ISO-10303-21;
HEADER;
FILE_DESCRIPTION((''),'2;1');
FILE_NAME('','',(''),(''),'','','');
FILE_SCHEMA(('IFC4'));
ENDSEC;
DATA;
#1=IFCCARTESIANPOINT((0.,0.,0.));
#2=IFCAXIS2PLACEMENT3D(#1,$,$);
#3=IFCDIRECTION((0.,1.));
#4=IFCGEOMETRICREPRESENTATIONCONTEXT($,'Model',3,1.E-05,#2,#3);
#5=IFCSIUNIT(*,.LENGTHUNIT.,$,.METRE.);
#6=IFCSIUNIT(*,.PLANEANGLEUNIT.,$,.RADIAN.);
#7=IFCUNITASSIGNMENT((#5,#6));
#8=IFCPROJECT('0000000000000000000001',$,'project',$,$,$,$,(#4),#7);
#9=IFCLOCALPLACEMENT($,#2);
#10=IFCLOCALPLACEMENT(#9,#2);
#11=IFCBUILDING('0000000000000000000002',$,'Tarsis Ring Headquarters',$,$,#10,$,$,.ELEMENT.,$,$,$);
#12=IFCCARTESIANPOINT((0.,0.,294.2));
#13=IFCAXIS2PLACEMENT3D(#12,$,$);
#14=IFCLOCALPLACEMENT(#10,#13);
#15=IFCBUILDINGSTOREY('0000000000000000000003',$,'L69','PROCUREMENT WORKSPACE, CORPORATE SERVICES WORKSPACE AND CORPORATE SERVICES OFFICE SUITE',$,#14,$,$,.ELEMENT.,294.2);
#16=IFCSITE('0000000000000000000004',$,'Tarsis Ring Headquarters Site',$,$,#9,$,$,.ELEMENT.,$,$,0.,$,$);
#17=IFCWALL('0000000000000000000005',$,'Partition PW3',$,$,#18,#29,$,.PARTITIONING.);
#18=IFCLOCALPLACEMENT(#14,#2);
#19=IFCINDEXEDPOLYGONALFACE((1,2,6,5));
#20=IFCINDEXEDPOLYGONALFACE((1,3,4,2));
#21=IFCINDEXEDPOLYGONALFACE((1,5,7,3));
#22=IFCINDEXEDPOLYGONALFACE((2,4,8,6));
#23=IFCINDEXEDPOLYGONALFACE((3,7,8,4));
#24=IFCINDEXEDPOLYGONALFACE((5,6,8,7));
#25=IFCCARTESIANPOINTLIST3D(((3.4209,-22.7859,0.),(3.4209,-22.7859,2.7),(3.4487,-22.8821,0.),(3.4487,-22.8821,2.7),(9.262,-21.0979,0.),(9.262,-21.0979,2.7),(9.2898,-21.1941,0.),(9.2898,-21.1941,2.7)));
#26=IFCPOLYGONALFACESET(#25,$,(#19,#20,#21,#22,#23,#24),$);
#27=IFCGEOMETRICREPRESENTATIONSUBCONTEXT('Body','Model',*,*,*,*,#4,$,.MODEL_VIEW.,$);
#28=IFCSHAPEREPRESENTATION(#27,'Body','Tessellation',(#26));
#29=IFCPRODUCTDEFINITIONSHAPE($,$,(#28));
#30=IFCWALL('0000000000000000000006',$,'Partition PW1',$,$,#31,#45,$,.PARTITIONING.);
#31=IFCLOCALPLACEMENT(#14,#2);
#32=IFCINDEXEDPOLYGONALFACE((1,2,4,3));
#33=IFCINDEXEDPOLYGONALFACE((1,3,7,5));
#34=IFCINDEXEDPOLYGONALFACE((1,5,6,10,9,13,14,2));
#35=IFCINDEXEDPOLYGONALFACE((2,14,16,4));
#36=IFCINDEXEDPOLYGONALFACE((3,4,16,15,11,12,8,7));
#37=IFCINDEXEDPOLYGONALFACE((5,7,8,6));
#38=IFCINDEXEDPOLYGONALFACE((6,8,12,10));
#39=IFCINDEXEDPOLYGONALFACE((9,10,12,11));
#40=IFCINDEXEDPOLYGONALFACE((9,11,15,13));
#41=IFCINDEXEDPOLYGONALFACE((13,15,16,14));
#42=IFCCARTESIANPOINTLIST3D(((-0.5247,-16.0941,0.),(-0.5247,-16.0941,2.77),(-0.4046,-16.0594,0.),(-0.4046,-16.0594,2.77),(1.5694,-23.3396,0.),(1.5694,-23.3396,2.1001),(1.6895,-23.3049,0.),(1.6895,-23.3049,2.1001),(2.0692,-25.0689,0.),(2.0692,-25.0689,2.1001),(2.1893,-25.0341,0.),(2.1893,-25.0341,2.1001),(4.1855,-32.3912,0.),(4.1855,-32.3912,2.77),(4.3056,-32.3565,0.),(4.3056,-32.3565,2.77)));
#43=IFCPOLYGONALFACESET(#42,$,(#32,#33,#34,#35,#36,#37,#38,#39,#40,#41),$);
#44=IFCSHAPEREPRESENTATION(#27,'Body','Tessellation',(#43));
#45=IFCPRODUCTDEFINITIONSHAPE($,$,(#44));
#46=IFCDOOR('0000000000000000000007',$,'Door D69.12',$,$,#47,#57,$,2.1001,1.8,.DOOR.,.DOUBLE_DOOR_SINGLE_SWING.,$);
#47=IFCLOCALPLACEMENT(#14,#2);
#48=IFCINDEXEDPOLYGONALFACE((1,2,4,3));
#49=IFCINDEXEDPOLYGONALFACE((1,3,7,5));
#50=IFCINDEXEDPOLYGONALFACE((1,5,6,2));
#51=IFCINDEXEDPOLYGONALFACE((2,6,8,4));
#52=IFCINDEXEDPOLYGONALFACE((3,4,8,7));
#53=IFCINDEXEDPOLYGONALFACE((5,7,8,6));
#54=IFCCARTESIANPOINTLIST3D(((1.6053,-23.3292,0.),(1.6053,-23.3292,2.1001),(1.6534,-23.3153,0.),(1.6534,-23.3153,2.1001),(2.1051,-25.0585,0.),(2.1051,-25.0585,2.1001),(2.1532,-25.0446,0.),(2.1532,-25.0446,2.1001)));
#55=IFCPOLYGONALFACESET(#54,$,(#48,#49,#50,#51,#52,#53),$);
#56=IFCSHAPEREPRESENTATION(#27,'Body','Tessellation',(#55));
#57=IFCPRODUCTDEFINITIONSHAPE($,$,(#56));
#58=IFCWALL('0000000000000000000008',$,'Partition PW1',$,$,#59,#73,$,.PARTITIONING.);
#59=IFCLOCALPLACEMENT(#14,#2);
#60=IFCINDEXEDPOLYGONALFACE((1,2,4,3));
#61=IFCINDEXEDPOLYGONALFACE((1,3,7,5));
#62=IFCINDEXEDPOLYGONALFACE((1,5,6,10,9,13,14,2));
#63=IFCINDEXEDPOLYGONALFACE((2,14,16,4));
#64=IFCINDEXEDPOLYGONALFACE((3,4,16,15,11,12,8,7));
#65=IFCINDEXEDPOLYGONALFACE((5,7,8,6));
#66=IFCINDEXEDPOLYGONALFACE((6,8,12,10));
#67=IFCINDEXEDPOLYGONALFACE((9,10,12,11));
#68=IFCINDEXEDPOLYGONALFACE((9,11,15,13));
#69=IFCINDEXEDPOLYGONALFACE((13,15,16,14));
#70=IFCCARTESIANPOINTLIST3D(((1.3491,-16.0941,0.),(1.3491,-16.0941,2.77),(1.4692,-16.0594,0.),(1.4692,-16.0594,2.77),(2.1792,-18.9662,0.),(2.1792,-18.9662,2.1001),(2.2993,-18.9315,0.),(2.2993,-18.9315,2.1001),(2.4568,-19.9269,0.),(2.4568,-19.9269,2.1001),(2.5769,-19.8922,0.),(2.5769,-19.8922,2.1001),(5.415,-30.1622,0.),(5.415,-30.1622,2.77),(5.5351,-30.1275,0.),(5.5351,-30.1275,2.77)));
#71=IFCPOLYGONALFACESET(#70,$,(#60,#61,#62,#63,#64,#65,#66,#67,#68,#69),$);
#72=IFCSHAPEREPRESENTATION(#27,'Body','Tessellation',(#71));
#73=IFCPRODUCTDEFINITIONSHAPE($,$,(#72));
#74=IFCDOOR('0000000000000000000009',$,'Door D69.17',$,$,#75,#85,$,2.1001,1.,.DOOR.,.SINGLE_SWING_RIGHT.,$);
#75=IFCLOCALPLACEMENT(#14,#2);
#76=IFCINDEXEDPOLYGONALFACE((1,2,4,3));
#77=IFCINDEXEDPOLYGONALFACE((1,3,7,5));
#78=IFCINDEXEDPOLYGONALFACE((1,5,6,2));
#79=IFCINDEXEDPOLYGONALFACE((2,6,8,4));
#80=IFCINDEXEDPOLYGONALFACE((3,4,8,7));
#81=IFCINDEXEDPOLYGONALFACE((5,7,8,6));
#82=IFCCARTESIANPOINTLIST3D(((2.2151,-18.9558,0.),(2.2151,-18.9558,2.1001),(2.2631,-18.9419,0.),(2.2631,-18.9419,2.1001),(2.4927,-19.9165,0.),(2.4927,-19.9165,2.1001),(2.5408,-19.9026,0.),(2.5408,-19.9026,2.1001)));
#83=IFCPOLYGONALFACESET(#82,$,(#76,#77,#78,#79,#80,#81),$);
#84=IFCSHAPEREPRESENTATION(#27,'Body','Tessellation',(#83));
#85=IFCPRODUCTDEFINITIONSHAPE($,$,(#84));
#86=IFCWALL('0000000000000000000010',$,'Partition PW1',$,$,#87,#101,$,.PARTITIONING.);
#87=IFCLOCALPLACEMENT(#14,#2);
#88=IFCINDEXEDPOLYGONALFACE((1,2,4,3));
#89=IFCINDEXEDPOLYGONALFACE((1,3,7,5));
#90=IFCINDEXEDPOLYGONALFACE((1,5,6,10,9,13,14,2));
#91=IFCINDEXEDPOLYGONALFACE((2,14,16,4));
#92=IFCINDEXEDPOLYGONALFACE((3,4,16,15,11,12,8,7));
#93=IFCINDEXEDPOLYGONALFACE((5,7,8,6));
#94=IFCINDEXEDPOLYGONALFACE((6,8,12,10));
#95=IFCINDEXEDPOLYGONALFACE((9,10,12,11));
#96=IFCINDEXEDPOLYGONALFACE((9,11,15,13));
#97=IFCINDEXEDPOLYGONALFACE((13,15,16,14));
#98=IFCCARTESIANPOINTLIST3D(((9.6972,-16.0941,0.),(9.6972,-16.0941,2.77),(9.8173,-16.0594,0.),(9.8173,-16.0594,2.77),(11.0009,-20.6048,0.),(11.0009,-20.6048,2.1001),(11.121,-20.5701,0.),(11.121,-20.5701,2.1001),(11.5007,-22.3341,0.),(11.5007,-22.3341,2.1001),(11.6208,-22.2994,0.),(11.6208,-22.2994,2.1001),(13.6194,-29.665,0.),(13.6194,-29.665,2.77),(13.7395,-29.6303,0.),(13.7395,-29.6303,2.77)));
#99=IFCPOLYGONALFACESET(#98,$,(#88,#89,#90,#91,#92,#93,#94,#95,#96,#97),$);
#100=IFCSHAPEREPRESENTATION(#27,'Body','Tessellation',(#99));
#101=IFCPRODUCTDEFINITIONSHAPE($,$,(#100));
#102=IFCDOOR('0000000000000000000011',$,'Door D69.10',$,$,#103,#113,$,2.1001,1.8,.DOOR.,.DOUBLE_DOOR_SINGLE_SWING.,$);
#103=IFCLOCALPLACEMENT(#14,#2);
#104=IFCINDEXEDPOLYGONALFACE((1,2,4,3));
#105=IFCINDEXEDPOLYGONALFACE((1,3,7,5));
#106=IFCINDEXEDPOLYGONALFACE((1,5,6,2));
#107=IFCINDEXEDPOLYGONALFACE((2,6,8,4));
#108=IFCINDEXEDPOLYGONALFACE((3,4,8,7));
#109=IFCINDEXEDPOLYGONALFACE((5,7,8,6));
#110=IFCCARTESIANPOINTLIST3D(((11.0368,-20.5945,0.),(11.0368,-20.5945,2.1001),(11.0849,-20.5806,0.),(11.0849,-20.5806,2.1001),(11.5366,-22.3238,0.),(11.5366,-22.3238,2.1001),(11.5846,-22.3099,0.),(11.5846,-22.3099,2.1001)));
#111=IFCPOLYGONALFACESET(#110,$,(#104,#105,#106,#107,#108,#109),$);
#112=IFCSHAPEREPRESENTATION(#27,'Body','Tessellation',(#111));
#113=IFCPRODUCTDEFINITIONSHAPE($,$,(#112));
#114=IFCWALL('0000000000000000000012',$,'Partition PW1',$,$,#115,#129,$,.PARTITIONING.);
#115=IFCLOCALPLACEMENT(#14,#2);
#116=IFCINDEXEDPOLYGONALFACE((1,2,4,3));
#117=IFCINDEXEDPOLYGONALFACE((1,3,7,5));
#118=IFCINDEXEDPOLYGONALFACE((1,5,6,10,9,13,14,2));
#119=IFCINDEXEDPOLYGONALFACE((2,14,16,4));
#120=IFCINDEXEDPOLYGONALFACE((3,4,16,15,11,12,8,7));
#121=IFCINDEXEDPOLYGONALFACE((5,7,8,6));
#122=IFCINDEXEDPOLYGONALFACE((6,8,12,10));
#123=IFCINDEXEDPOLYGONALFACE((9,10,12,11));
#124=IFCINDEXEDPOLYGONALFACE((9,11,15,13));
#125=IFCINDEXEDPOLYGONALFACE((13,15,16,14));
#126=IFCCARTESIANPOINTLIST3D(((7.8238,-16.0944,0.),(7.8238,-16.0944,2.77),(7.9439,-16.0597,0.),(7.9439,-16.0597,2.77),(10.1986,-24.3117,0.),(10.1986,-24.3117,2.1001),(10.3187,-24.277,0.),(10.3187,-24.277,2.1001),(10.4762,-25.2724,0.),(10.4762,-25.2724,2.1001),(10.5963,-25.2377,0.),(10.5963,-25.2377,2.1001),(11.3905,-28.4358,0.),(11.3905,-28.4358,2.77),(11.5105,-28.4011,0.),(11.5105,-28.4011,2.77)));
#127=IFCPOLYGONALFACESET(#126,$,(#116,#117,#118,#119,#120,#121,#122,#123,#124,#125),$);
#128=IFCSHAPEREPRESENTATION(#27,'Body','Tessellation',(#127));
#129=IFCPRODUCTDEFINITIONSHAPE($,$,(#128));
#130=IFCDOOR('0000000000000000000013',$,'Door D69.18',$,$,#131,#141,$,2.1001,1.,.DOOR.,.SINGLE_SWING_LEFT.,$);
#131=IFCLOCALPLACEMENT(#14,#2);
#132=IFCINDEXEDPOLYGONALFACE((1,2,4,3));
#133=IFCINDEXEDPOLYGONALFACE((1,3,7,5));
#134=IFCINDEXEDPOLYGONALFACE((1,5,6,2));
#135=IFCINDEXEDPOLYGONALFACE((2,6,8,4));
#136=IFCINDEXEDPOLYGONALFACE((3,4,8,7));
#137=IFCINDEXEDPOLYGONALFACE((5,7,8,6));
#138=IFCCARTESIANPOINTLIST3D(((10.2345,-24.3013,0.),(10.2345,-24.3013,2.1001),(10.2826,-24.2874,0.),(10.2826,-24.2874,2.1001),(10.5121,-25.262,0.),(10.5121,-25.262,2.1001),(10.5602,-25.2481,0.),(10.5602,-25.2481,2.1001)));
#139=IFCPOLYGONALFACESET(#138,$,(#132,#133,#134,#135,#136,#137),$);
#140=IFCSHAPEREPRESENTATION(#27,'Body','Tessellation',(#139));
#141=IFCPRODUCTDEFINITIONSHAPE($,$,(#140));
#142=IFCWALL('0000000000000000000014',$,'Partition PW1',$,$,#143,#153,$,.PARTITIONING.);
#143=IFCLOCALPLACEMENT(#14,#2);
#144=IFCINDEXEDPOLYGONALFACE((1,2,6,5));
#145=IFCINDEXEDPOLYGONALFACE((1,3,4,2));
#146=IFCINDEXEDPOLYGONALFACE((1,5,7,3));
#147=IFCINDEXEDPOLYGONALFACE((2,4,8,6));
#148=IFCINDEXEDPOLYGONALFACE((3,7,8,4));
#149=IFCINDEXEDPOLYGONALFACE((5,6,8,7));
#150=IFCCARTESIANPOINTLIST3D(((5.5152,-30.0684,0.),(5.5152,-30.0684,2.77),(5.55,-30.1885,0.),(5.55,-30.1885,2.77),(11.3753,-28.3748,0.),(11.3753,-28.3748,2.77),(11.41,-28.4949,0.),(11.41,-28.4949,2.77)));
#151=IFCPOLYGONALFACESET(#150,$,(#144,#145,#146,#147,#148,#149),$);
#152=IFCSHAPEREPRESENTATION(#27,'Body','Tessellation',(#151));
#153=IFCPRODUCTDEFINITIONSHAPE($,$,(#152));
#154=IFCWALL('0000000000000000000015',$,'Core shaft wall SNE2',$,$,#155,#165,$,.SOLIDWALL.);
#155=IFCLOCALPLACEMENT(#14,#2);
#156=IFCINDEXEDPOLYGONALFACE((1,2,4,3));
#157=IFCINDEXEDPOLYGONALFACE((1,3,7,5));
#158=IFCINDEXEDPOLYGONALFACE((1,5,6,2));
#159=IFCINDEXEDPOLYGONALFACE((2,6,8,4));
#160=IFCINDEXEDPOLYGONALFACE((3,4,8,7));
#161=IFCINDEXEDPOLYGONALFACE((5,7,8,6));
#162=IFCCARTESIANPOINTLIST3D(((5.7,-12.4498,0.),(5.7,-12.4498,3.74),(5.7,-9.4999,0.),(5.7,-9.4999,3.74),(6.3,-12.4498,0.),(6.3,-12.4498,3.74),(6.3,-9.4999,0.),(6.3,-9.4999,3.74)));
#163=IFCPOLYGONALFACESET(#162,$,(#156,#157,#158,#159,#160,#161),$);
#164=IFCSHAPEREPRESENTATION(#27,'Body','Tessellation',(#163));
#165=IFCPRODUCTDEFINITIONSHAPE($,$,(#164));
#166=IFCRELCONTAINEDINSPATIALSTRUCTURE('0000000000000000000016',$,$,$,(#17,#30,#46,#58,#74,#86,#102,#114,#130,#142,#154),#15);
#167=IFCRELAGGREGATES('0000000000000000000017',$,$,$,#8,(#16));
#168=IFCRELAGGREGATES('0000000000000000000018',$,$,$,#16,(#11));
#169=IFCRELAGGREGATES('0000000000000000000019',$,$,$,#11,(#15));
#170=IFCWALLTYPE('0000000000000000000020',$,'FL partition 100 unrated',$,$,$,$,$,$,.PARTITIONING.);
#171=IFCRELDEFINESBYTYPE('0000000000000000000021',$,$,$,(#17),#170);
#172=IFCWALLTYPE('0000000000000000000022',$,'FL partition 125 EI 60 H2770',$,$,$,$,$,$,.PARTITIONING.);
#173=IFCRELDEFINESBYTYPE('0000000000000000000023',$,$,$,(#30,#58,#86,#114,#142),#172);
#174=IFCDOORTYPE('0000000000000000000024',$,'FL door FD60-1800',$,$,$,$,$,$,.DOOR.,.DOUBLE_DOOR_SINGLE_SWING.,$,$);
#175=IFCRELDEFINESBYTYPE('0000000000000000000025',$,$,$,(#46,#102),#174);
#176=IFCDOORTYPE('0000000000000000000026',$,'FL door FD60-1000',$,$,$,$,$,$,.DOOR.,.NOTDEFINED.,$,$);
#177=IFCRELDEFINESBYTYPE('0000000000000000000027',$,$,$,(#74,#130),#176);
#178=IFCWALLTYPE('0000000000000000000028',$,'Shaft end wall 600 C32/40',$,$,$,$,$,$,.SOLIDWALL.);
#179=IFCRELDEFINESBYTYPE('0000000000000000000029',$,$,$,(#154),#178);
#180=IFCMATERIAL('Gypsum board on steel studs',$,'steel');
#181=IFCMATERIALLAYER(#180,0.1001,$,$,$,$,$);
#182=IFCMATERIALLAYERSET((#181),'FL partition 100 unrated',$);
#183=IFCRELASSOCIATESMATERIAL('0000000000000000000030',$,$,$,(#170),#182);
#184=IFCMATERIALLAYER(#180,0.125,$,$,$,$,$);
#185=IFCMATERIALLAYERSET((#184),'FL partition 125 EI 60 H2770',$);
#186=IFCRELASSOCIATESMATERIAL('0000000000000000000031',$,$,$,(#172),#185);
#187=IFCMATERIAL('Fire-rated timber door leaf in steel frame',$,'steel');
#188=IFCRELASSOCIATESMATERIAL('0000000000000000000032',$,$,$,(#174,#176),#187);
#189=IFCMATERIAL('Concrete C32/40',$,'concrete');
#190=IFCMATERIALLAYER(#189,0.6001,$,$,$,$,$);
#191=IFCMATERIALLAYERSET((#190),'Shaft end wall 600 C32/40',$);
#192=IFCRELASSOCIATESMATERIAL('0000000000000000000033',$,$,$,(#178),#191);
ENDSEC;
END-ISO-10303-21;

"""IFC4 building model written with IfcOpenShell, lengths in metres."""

from ifc_helpers import new_model, si_unit, direction, frame, frame_2d, origin, place, context, subcontext, project, spatial, rectangle, extrude, material, layer, layer_set, type_object, element, fill, save


model = new_model("IFC4")

# Units and contexts
model_context = context("Model", 3, precision=1e-05, world=origin(), true_north=direction((0.0, 1.0)))
body_context = subcontext(model_context, "Body", "Model", "MODEL_VIEW")
ifc_project = project(units=[si_unit("LENGTHUNIT", "METRE"), si_unit("PLANEANGLEUNIT", "RADIAN")], contexts=[model_context])

# Site, building, storey
site_placement = place(None, origin())
site = spatial("IfcSite", under=ifc_project, at=site_placement, Name="Tarsis Ring Headquarters Site", CompositionType="ELEMENT", RefElevation=0.0)
building_placement = place(site_placement, origin())
building = spatial("IfcBuilding", under=site, at=building_placement, Name="Tarsis Ring Headquarters", CompositionType="ELEMENT")
storey_placement = place(building_placement, frame((0.0, 0.0, 294.2)))
storey = spatial("IfcBuildingStorey", under=building, at=storey_placement, Name="L69", Description="PROCUREMENT WORKSPACE, CORPORATE SERVICES WORKSPACE AND CORPORATE SERVICES OFFICE SUITE", CompositionType="ELEMENT", Elevation=294.2)

# Wall
ifc_material_1 = material(Name="Gypsum board on steel studs", Category="steel")
ifc_layer_1 = layer(ifc_material_1, 0.1001)
ifc_layer_set_1 = layer_set([ifc_layer_1], Name="FL partition 100 unrated")
wall_type_1 = type_object("IfcWallType", Name="FL partition 100 unrated", PredefinedType="PARTITIONING", material=ifc_layer_set_1)
wall_1_placement = place(storey_placement, frame((3.4348, -22.834, 0.0), z_axis=(0.0, 0.0, 1.0), x_axis=(0.960689, 0.277626, 0.0)))
element("IfcWall", 1, at=wall_1_placement, inside=storey, type_object=wall_type_1, Name="Partition PW3", PredefinedType="PARTITIONING", context=body_context, shape_type="SweptSolid", body=[
    extrude(rectangle(XDim=6.0801, YDim=0.1001, at=frame_2d((3.04, 0.0))), origin(), (0.0, 0.0, 1.0), 2.7),
])

# Walls, openings, doors
ifc_layer_2 = layer(ifc_material_1, 0.125)
ifc_layer_set_2 = layer_set([ifc_layer_2], Name="FL partition 125 EI 60 H2770")
wall_type_2 = type_object("IfcWallType", Name="FL partition 125 EI 60 H2770", PredefinedType="PARTITIONING", material=ifc_layer_set_2)
wall_2_placement = place(storey_placement, frame((-0.4646, -16.0769, 0.0), z_axis=(0.0, 0.0, 1.0), x_axis=(0.277657, -0.96068, 0.0)))
wall_2 = element("IfcWall", 2, at=wall_2_placement, inside=storey, type_object=wall_type_2, Name="Partition PW1", PredefinedType="PARTITIONING", context=body_context, shape_type="SweptSolid", body=[
    extrude(rectangle(XDim=16.9641, YDim=0.125, at=frame_2d((8.4819, 0.0))), origin(), (0.0, 0.0, 1.0), 2.77),
])
opening_1_placement = place(wall_2_placement, frame((7.542, 0.0, 0.0)))
opening_1 = element("IfcOpeningElement", 3, at=opening_1_placement, cuts=wall_2, PredefinedType="OPENING", context=body_context, shape_type="SweptSolid", body=[
    extrude(rectangle(XDim=1.8, YDim=2.1001, at=frame_2d((0.8999, 1.05))), frame((0.0, 0.0725, 0.0), z_axis=(0.0, -1.0, 0.0), x_axis=(1.0, 0.0, 0.0)), (0.0, 0.0, 1.0), 0.145),
])
ifc_material_2 = material(Name="Fire-rated timber door leaf in steel frame", Category="steel")
door_type_1 = type_object("IfcDoorType", Name="FL door FD60-1800", OperationType="DOUBLE_DOOR_SINGLE_SWING", PredefinedType="DOOR", material=ifc_material_2)
door_1_placement = place(opening_1_placement, origin())
door_1 = element("IfcDoor", 4, at=door_1_placement, inside=storey, type_object=door_type_1, Name="Door D69.12", OperationType="DOUBLE_DOOR_SINGLE_SWING", OverallHeight=2.1001, OverallWidth=1.8, PredefinedType="DOOR", context=body_context, shape_type="SweptSolid", body=[
    extrude(rectangle(XDim=1.8, YDim=2.1001, at=frame_2d((0.8999, 1.05))), frame((0.0, 0.0249, 0.0), z_axis=(0.0, -1.0, 0.0), x_axis=(1.0, 0.0, 0.0)), (0.0, 0.0, 1.0), 0.05),
])
fill(opening_1, door_1)
wall_3_placement = place(storey_placement, frame((1.4092, -16.0769, 0.0), z_axis=(0.0, 0.0, 1.0), x_axis=(0.277653, -0.960681, 0.0)))
wall_3 = element("IfcWall", 5, at=wall_3_placement, inside=storey, type_object=wall_type_2, Name="Partition PW1", PredefinedType="PARTITIONING", context=body_context, shape_type="SweptSolid", body=[
    extrude(rectangle(XDim=14.6438, YDim=0.125, at=frame_2d((7.3218, 0.0))), origin(), (0.0, 0.0, 1.0), 2.77),
])
opening_2_placement = place(wall_3_placement, frame((2.9895, 0.0, 0.0)))
opening_2 = element("IfcOpeningElement", 6, at=opening_2_placement, cuts=wall_3, PredefinedType="OPENING", context=body_context, shape_type="SweptSolid", body=[
    extrude(rectangle(XDim=1.0, YDim=2.1001, at=frame_2d((0.5, 1.05))), frame((0.0, 0.0725, 0.0), z_axis=(0.0, -1.0, 0.0), x_axis=(1.0, 0.0, 0.0)), (0.0, 0.0, 1.0), 0.145),
])
door_type_2 = type_object("IfcDoorType", Name="FL door FD60-1000", OperationType="NOTDEFINED", PredefinedType="DOOR", material=ifc_material_2)
door_2_placement = place(opening_2_placement, origin())
door_2 = element("IfcDoor", 7, at=door_2_placement, inside=storey, type_object=door_type_2, Name="Door D69.17", OperationType="SINGLE_SWING_RIGHT", OverallHeight=2.1001, OverallWidth=1.0, PredefinedType="DOOR", context=body_context, shape_type="SweptSolid", body=[
    extrude(rectangle(XDim=1.0, YDim=2.1001, at=frame_2d((0.5, 1.05))), frame((0.0, 0.0249, 0.0), z_axis=(0.0, -1.0, 0.0), x_axis=(1.0, 0.0, 0.0)), (0.0, 0.0, 1.0), 0.05),
])
fill(opening_2, door_2)
wall_4_placement = place(storey_placement, frame((9.7573, -16.0769, 0.0), z_axis=(0.0, 0.0, 1.0), x_axis=(0.277648, -0.960683, 0.0)))
wall_4 = element("IfcWall", 8, at=wall_4_placement, inside=storey, type_object=wall_type_2, Name="Partition PW1", PredefinedType="PARTITIONING", context=body_context, shape_type="SweptSolid", body=[
    extrude(rectangle(XDim=14.1262, YDim=0.125, at=frame_2d((7.063, 0.0))), origin(), (0.0, 0.0, 1.0), 2.77),
])
opening_3_placement = place(wall_4_placement, frame((4.6953, 0.0, 0.0)))
opening_3 = element("IfcOpeningElement", 9, at=opening_3_placement, cuts=wall_4, PredefinedType="OPENING", context=body_context, shape_type="SweptSolid", body=[
    extrude(rectangle(XDim=1.8, YDim=2.1001, at=frame_2d((0.8999, 1.05))), frame((0.0, 0.0725, 0.0), z_axis=(0.0, -1.0, 0.0), x_axis=(1.0, 0.0, 0.0)), (0.0, 0.0, 1.0), 0.145),
])
door_3_placement = place(opening_3_placement, origin())
door_3 = element("IfcDoor", 10, at=door_3_placement, inside=storey, type_object=door_type_1, Name="Door D69.10", OperationType="DOUBLE_DOOR_SINGLE_SWING", OverallHeight=2.1001, OverallWidth=1.8, PredefinedType="DOOR", context=body_context, shape_type="SweptSolid", body=[
    extrude(rectangle(XDim=1.8, YDim=2.1001, at=frame_2d((0.8999, 1.05))), frame((0.0, 0.0249, 0.0), z_axis=(0.0, -1.0, 0.0), x_axis=(1.0, 0.0, 0.0)), (0.0, 0.0, 1.0), 0.05),
])
fill(opening_3, door_3)
wall_5_placement = place(storey_placement, frame((7.8838, -16.0769, 0.0), z_axis=(0.0, 0.0, 1.0), x_axis=(0.277639, -0.960685, 0.0)))
wall_5 = element("IfcWall", 11, at=wall_5_placement, inside=storey, type_object=wall_type_2, Name="Partition PW1", PredefinedType="PARTITIONING", context=body_context, shape_type="SweptSolid", body=[
    extrude(rectangle(XDim=12.8464, YDim=0.125, at=frame_2d((6.4233, 0.0))), origin(), (0.0, 0.0, 1.0), 2.77),
])
opening_4_placement = place(wall_5_placement, frame((8.5537, 0.0, 0.0)))
opening_4 = element("IfcOpeningElement", 12, at=opening_4_placement, cuts=wall_5, PredefinedType="OPENING", context=body_context, shape_type="SweptSolid", body=[
    extrude(rectangle(XDim=1.0, YDim=2.1001, at=frame_2d((0.5, 1.05))), frame((0.0, 0.0725, 0.0), z_axis=(0.0, -1.0, 0.0), x_axis=(1.0, 0.0, 0.0)), (0.0, 0.0, 1.0), 0.145),
])
door_4_placement = place(opening_4_placement, origin())
door_4 = element("IfcDoor", 13, at=door_4_placement, inside=storey, type_object=door_type_2, Name="Door D69.18", OperationType="SINGLE_SWING_LEFT", OverallHeight=2.1001, OverallWidth=1.0, PredefinedType="DOOR", context=body_context, shape_type="SweptSolid", body=[
    extrude(rectangle(XDim=1.0, YDim=2.1001, at=frame_2d((0.5, 1.05))), frame((0.0, 0.0249, 0.0), z_axis=(0.0, -1.0, 0.0), x_axis=(1.0, 0.0, 0.0)), (0.0, 0.0, 1.0), 0.05),
])
fill(opening_4, door_4)

# Walls
wall_6_placement = place(storey_placement, frame((5.5327, -30.1284, 0.0), z_axis=(0.0, 0.0, 1.0), x_axis=(0.960684, 0.277643, 0.0)))
element("IfcWall", 14, at=wall_6_placement, inside=storey, type_object=wall_type_2, Name="Partition PW1", PredefinedType="PARTITIONING", context=body_context, shape_type="SweptSolid", body=[
    extrude(rectangle(XDim=6.0999, YDim=0.125, at=frame_2d((3.0498, 0.0))), origin(), (0.0, 0.0, 1.0), 2.77),
])
ifc_material_3 = material(Name="Concrete C32/40", Category="concrete")
ifc_layer_3 = layer(ifc_material_3, 0.6001)
ifc_layer_set_3 = layer_set([ifc_layer_3], Name="Shaft end wall 600 C32/40")
wall_type_3 = type_object("IfcWallType", Name="Shaft end wall 600 C32/40", PredefinedType="SOLIDWALL", material=ifc_layer_set_3)
wall_7_placement = place(storey_placement, frame((6.0, -12.45, 0.0), z_axis=(0.0, 0.0, 1.0), x_axis=(0.0, 1.0, 0.0)))
element("IfcWall", 15, at=wall_7_placement, inside=storey, type_object=wall_type_3, Name="Core shaft wall SNE2", PredefinedType="SOLIDWALL", context=body_context, shape_type="SweptSolid", body=[
    extrude(rectangle(XDim=2.95, YDim=0.6001, at=frame_2d((1.4751, 0.0))), origin(), (0.0, 0.0, 1.0), 3.74),
])

save(model, "model.ifc")
